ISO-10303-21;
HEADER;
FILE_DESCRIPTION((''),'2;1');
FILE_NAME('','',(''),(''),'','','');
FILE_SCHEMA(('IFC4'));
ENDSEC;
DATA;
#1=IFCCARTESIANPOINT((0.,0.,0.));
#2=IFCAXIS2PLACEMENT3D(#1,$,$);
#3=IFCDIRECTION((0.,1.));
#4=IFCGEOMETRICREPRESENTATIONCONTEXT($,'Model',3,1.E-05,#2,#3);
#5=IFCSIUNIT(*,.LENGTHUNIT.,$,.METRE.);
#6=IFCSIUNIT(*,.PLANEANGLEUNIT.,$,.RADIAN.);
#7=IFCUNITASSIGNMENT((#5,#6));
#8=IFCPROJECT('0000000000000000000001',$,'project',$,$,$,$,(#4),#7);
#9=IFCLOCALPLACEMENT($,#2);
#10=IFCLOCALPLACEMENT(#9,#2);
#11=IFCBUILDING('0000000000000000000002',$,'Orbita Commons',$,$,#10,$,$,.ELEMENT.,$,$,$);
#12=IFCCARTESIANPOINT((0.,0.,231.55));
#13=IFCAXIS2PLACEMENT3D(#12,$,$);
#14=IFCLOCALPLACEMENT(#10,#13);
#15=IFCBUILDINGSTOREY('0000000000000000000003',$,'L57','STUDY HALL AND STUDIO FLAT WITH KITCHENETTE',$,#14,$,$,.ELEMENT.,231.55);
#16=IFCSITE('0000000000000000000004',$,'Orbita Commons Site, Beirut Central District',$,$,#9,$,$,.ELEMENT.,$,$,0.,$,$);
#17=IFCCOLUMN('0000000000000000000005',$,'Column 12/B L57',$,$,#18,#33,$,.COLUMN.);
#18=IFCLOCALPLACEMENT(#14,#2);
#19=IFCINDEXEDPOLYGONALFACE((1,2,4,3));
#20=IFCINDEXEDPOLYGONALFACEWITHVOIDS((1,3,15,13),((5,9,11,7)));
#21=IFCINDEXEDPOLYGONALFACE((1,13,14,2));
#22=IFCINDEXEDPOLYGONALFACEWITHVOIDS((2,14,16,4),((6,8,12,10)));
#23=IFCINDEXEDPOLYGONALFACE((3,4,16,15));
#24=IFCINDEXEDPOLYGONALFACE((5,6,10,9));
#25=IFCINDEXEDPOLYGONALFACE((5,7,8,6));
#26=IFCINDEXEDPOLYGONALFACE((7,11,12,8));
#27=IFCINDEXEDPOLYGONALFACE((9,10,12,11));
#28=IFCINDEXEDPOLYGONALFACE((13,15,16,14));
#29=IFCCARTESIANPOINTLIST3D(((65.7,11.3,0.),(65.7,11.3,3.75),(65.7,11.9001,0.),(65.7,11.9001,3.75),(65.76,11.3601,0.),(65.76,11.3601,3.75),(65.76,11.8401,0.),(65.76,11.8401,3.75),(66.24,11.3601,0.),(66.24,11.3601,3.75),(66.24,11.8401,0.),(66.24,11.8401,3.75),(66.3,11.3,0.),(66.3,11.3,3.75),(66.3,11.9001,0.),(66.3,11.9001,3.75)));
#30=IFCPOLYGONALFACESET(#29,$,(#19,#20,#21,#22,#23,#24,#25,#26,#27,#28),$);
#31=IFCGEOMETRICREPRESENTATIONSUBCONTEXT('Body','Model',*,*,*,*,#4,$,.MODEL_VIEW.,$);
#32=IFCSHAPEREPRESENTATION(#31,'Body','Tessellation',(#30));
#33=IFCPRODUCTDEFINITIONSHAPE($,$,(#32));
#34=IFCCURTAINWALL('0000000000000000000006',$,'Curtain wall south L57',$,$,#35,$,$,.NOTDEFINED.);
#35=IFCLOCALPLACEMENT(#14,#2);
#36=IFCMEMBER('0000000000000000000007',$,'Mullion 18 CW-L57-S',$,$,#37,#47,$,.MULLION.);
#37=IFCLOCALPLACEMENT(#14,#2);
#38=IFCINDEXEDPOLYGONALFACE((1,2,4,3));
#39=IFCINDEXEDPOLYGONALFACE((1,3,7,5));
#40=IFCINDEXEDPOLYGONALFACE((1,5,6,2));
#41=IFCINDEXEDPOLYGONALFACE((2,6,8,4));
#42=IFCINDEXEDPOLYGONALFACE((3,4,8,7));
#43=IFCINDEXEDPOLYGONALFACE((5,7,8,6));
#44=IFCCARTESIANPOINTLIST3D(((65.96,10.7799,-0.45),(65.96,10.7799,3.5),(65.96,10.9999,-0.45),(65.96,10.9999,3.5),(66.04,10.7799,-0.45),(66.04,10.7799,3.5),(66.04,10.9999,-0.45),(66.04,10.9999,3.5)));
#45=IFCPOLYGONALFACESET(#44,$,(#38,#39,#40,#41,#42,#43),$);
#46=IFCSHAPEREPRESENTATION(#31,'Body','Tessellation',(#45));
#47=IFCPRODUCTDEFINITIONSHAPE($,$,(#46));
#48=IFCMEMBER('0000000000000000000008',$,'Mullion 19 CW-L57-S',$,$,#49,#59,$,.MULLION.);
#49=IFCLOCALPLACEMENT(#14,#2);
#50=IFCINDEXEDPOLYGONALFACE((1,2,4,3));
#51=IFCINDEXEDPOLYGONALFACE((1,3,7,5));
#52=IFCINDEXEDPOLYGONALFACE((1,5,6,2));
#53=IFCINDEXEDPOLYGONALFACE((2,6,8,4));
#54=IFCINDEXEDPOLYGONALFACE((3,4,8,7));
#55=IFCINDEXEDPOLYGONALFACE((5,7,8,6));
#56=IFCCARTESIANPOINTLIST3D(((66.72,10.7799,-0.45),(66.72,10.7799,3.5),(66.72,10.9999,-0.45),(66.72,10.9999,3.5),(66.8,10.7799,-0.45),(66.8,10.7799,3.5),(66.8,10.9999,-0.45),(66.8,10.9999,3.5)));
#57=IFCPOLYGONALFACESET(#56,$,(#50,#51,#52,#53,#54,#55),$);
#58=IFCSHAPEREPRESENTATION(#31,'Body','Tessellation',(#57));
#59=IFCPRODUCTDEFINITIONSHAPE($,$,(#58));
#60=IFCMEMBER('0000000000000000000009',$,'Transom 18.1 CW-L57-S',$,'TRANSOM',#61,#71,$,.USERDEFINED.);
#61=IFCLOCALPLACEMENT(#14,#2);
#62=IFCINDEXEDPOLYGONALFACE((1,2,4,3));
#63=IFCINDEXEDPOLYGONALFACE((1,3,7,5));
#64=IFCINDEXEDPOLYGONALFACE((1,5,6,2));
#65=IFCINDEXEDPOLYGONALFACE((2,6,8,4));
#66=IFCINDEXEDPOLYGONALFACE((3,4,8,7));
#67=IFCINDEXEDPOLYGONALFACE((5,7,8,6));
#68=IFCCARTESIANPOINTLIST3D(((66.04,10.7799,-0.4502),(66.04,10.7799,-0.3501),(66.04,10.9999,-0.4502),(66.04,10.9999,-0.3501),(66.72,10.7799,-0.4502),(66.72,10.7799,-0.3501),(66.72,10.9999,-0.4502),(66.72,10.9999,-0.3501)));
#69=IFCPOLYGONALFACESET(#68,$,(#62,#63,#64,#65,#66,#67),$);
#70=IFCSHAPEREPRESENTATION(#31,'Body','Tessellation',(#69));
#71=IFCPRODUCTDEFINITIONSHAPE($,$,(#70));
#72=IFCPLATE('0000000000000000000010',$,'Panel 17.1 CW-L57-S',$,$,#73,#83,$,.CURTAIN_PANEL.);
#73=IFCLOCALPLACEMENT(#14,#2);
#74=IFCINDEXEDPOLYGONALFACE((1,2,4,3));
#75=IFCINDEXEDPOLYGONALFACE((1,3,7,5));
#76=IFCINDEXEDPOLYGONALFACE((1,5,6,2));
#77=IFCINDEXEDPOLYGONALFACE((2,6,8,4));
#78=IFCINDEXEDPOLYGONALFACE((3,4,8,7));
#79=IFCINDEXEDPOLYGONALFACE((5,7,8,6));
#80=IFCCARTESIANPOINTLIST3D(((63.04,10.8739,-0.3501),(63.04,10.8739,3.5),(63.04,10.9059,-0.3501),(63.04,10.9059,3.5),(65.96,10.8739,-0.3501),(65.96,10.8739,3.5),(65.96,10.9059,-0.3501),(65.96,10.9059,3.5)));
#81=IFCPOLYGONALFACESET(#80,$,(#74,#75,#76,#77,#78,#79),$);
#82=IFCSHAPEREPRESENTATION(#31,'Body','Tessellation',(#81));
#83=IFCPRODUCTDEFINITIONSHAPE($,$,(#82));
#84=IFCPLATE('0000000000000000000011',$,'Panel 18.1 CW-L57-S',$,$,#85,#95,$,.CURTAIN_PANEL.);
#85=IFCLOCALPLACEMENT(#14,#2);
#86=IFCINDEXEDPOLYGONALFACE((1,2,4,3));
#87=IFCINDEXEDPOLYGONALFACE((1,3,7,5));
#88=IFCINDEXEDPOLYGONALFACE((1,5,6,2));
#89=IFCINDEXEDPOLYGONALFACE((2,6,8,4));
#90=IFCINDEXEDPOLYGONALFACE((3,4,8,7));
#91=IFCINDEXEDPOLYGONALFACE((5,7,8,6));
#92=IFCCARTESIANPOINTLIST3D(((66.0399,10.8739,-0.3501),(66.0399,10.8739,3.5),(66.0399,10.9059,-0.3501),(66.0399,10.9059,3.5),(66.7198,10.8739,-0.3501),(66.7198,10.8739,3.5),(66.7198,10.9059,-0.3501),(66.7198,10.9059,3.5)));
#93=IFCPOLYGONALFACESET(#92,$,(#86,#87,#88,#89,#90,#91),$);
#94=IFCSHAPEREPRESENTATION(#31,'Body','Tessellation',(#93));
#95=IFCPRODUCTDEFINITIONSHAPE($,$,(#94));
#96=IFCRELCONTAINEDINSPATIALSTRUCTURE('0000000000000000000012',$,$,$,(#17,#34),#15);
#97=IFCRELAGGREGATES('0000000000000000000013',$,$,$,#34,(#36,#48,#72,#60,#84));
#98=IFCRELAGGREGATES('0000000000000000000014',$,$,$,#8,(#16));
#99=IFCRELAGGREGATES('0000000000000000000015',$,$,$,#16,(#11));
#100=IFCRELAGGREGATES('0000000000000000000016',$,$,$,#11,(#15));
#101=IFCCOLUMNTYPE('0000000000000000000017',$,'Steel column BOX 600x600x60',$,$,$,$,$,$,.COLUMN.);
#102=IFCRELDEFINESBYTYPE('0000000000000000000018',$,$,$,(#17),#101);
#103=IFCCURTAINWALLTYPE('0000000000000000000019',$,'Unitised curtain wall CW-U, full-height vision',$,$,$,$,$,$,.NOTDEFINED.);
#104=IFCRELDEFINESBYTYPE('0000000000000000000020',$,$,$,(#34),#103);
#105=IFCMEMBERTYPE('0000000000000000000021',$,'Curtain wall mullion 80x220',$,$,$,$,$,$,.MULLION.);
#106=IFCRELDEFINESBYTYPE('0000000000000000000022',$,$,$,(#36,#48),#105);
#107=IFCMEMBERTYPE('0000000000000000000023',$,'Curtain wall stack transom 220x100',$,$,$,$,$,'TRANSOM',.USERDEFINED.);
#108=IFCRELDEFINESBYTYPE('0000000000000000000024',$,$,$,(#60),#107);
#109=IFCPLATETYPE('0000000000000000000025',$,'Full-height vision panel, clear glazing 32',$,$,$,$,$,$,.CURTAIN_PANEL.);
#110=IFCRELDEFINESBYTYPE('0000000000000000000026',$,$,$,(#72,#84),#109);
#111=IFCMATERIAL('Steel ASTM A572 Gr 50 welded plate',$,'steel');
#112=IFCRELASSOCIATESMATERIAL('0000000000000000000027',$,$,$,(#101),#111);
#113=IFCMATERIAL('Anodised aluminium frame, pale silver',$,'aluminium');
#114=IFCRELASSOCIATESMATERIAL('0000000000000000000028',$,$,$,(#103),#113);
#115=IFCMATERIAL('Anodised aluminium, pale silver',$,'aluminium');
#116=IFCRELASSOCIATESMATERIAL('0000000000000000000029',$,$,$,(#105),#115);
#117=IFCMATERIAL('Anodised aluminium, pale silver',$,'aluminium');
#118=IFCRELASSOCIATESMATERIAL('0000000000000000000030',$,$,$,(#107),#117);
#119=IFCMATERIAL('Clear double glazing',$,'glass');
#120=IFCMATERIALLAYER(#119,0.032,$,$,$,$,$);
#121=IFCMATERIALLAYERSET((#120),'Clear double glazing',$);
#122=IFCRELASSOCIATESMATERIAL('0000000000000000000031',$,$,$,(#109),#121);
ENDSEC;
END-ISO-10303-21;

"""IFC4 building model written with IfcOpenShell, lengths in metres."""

from ifc_helpers import new_model, si_unit, direction, frame, origin, origin_2d, place, context, subcontext, project, spatial, rectangle, hollow_rectangle, extrude, material, layer, layer_set, material_profile, profile_set, type_object, element, aggregate, save


model = new_model("IFC4")

# Units and contexts
model_context = context("Model", 3, precision=1e-05, world=origin(), true_north=direction((0.0, 1.0)))
body_context = subcontext(model_context, "Body", "Model", "MODEL_VIEW")
ifc_project = project(units=[si_unit("LENGTHUNIT", "METRE"), si_unit("PLANEANGLEUNIT", "RADIAN")], contexts=[model_context])

# Site, building, storey
site_placement = place(None, origin())
site = spatial("IfcSite", under=ifc_project, at=site_placement, Name="Orbita Commons Site, Beirut Central District", CompositionType="ELEMENT", RefElevation=0.0)
building_placement = place(site_placement, origin())
building = spatial("IfcBuilding", under=site, at=building_placement, Name="Orbita Commons", CompositionType="ELEMENT")
storey_placement = place(building_placement, frame((0.0, 0.0, 231.55)))
storey = spatial("IfcBuildingStorey", under=building, at=storey_placement, Name="L57", Description="STUDY HALL AND STUDIO FLAT WITH KITCHENETTE", CompositionType="ELEMENT", Elevation=231.55)

# Column
ifc_material_1 = material(Name="Steel ASTM A572 Gr 50 welded plate", Category="steel")
ifc_material_profile_1 = material_profile(ifc_material_1, hollow_rectangle(XDim=0.6001, YDim=0.6001, WallThickness=0.0601, at=origin_2d()), Name="BOX 600x600x60")
ifc_profile_set_1 = profile_set([ifc_material_profile_1], Name="Steel ASTM A572 Gr 50 welded plate")
column_type = type_object("IfcColumnType", Name="Steel column BOX 600x600x60", PredefinedType="COLUMN", material=ifc_profile_set_1)
column_placement = place(storey_placement, frame((66.0, 11.6001, 0.0), z_axis=(0.0, 0.0, 1.0), x_axis=(1.0, 0.0, 0.0)))
element("IfcColumn", 1, at=column_placement, inside=storey, type_object=column_type, Name="Column 12/B L57", PredefinedType="COLUMN", context=body_context, shape_type="SweptSolid", body=[
    extrude(hollow_rectangle(XDim=0.6001, YDim=0.6001, WallThickness=0.0601, at=origin_2d()), origin(), (0.0, 0.0, 1.0), 3.75),
])

# Curtain wall, members, plates
ifc_material_2 = material(Name="Anodised aluminium frame, pale silver", Category="aluminium")
curtain_wall_type = type_object("IfcCurtainWallType", Name="Unitised curtain wall CW-U, full-height vision", PredefinedType="NOTDEFINED", material=ifc_material_2)
curtain_wall_placement = place(storey_placement, origin())
curtain_wall = element("IfcCurtainWall", 2, at=curtain_wall_placement, inside=storey, type_object=curtain_wall_type, Name="Curtain wall south L57", PredefinedType="NOTDEFINED")
ifc_material_3 = material(Name="Anodised aluminium, pale silver", Category="aluminium")
ifc_material_profile_2 = material_profile(ifc_material_3, rectangle(XDim=0.0801, YDim=0.22, at=origin_2d()), Name="AL 80x220")
ifc_profile_set_2 = profile_set([ifc_material_profile_2], Name="Anodised aluminium, pale silver")
member_type_1 = type_object("IfcMemberType", Name="Curtain wall mullion 80x220", PredefinedType="MULLION", material=ifc_profile_set_2)
member_1_placement = place(storey_placement, frame((66.0, 10.8899, -0.45), z_axis=(0.0, 0.0, 1.0), x_axis=(1.0, 0.0, 0.0)))
member_1 = element("IfcMember", 3, at=member_1_placement, type_object=member_type_1, Name="Mullion 18 CW-L57-S", PredefinedType="MULLION", context=body_context, shape_type="SweptSolid", body=[
    extrude(rectangle(XDim=0.0801, YDim=0.22, at=origin_2d()), origin(), (0.0, 0.0, 1.0), 3.95),
])
member_2_placement = place(storey_placement, frame((66.76, 10.8899, -0.45), z_axis=(0.0, 0.0, 1.0), x_axis=(1.0, 0.0, 0.0)))
member_2 = element("IfcMember", 4, at=member_2_placement, type_object=member_type_1, Name="Mullion 19 CW-L57-S", PredefinedType="MULLION", context=body_context, shape_type="SweptSolid", body=[
    extrude(rectangle(XDim=0.0801, YDim=0.22, at=origin_2d()), origin(), (0.0, 0.0, 1.0), 3.95),
])
ifc_material_4 = material(Name="Anodised aluminium, pale silver", Category="aluminium")
ifc_material_profile_3 = material_profile(ifc_material_4, rectangle(XDim=0.22, YDim=0.1001, at=origin_2d()), Name="AL 220x100")
ifc_profile_set_3 = profile_set([ifc_material_profile_3], Name="Anodised aluminium, pale silver")
member_type_2 = type_object("IfcMemberType", Name="Curtain wall stack transom 220x100", ElementType="TRANSOM", PredefinedType="USERDEFINED", material=ifc_profile_set_3)
member_3_placement = place(storey_placement, frame((66.04, 10.8899, -0.4001), z_axis=(1.0, 0.0, 0.0), x_axis=(0.0, 1.0, 0.0)))
member_3 = element("IfcMember", 5, at=member_3_placement, type_object=member_type_2, Name="Transom 18.1 CW-L57-S", ObjectType="TRANSOM", PredefinedType="USERDEFINED", context=body_context, shape_type="SweptSolid", body=[
    extrude(rectangle(XDim=0.22, YDim=0.1001, at=origin_2d()), origin(), (0.0, 0.0, 1.0), 0.6799),
])
ifc_material_5 = material(Name="Clear double glazing", Category="glass")
ifc_layer_1 = layer(ifc_material_5, 0.032)
ifc_layer_set_1 = layer_set([ifc_layer_1], Name="Clear double glazing")
plate_type = type_object("IfcPlateType", Name="Full-height vision panel, clear glazing 32", PredefinedType="CURTAIN_PANEL", material=ifc_layer_set_1)
plate_1_placement = place(storey_placement, frame((64.5, 10.8899, -0.3501), z_axis=(0.0, 0.0, 1.0), x_axis=(1.0, 0.0, 0.0)))
plate_1 = element("IfcPlate", 6, at=plate_1_placement, type_object=plate_type, Name="Panel 17.1 CW-L57-S", PredefinedType="CURTAIN_PANEL", context=body_context, shape_type="SweptSolid", body=[
    extrude(rectangle(XDim=2.9199, YDim=0.032, at=origin_2d()), origin(), (0.0, 0.0, 1.0), 3.8501),
])
plate_2_placement = place(storey_placement, frame((66.3799, 10.8899, -0.3501), z_axis=(0.0, 0.0, 1.0), x_axis=(1.0, 0.0, 0.0)))
plate_2 = element("IfcPlate", 7, at=plate_2_placement, type_object=plate_type, Name="Panel 18.1 CW-L57-S", PredefinedType="CURTAIN_PANEL", context=body_context, shape_type="SweptSolid", body=[
    extrude(rectangle(XDim=0.6799, YDim=0.032, at=origin_2d()), origin(), (0.0, 0.0, 1.0), 3.8501),
])
aggregate(curtain_wall, [member_1, member_2, plate_1, member_3, plate_2])

save(model, "model.ifc")
